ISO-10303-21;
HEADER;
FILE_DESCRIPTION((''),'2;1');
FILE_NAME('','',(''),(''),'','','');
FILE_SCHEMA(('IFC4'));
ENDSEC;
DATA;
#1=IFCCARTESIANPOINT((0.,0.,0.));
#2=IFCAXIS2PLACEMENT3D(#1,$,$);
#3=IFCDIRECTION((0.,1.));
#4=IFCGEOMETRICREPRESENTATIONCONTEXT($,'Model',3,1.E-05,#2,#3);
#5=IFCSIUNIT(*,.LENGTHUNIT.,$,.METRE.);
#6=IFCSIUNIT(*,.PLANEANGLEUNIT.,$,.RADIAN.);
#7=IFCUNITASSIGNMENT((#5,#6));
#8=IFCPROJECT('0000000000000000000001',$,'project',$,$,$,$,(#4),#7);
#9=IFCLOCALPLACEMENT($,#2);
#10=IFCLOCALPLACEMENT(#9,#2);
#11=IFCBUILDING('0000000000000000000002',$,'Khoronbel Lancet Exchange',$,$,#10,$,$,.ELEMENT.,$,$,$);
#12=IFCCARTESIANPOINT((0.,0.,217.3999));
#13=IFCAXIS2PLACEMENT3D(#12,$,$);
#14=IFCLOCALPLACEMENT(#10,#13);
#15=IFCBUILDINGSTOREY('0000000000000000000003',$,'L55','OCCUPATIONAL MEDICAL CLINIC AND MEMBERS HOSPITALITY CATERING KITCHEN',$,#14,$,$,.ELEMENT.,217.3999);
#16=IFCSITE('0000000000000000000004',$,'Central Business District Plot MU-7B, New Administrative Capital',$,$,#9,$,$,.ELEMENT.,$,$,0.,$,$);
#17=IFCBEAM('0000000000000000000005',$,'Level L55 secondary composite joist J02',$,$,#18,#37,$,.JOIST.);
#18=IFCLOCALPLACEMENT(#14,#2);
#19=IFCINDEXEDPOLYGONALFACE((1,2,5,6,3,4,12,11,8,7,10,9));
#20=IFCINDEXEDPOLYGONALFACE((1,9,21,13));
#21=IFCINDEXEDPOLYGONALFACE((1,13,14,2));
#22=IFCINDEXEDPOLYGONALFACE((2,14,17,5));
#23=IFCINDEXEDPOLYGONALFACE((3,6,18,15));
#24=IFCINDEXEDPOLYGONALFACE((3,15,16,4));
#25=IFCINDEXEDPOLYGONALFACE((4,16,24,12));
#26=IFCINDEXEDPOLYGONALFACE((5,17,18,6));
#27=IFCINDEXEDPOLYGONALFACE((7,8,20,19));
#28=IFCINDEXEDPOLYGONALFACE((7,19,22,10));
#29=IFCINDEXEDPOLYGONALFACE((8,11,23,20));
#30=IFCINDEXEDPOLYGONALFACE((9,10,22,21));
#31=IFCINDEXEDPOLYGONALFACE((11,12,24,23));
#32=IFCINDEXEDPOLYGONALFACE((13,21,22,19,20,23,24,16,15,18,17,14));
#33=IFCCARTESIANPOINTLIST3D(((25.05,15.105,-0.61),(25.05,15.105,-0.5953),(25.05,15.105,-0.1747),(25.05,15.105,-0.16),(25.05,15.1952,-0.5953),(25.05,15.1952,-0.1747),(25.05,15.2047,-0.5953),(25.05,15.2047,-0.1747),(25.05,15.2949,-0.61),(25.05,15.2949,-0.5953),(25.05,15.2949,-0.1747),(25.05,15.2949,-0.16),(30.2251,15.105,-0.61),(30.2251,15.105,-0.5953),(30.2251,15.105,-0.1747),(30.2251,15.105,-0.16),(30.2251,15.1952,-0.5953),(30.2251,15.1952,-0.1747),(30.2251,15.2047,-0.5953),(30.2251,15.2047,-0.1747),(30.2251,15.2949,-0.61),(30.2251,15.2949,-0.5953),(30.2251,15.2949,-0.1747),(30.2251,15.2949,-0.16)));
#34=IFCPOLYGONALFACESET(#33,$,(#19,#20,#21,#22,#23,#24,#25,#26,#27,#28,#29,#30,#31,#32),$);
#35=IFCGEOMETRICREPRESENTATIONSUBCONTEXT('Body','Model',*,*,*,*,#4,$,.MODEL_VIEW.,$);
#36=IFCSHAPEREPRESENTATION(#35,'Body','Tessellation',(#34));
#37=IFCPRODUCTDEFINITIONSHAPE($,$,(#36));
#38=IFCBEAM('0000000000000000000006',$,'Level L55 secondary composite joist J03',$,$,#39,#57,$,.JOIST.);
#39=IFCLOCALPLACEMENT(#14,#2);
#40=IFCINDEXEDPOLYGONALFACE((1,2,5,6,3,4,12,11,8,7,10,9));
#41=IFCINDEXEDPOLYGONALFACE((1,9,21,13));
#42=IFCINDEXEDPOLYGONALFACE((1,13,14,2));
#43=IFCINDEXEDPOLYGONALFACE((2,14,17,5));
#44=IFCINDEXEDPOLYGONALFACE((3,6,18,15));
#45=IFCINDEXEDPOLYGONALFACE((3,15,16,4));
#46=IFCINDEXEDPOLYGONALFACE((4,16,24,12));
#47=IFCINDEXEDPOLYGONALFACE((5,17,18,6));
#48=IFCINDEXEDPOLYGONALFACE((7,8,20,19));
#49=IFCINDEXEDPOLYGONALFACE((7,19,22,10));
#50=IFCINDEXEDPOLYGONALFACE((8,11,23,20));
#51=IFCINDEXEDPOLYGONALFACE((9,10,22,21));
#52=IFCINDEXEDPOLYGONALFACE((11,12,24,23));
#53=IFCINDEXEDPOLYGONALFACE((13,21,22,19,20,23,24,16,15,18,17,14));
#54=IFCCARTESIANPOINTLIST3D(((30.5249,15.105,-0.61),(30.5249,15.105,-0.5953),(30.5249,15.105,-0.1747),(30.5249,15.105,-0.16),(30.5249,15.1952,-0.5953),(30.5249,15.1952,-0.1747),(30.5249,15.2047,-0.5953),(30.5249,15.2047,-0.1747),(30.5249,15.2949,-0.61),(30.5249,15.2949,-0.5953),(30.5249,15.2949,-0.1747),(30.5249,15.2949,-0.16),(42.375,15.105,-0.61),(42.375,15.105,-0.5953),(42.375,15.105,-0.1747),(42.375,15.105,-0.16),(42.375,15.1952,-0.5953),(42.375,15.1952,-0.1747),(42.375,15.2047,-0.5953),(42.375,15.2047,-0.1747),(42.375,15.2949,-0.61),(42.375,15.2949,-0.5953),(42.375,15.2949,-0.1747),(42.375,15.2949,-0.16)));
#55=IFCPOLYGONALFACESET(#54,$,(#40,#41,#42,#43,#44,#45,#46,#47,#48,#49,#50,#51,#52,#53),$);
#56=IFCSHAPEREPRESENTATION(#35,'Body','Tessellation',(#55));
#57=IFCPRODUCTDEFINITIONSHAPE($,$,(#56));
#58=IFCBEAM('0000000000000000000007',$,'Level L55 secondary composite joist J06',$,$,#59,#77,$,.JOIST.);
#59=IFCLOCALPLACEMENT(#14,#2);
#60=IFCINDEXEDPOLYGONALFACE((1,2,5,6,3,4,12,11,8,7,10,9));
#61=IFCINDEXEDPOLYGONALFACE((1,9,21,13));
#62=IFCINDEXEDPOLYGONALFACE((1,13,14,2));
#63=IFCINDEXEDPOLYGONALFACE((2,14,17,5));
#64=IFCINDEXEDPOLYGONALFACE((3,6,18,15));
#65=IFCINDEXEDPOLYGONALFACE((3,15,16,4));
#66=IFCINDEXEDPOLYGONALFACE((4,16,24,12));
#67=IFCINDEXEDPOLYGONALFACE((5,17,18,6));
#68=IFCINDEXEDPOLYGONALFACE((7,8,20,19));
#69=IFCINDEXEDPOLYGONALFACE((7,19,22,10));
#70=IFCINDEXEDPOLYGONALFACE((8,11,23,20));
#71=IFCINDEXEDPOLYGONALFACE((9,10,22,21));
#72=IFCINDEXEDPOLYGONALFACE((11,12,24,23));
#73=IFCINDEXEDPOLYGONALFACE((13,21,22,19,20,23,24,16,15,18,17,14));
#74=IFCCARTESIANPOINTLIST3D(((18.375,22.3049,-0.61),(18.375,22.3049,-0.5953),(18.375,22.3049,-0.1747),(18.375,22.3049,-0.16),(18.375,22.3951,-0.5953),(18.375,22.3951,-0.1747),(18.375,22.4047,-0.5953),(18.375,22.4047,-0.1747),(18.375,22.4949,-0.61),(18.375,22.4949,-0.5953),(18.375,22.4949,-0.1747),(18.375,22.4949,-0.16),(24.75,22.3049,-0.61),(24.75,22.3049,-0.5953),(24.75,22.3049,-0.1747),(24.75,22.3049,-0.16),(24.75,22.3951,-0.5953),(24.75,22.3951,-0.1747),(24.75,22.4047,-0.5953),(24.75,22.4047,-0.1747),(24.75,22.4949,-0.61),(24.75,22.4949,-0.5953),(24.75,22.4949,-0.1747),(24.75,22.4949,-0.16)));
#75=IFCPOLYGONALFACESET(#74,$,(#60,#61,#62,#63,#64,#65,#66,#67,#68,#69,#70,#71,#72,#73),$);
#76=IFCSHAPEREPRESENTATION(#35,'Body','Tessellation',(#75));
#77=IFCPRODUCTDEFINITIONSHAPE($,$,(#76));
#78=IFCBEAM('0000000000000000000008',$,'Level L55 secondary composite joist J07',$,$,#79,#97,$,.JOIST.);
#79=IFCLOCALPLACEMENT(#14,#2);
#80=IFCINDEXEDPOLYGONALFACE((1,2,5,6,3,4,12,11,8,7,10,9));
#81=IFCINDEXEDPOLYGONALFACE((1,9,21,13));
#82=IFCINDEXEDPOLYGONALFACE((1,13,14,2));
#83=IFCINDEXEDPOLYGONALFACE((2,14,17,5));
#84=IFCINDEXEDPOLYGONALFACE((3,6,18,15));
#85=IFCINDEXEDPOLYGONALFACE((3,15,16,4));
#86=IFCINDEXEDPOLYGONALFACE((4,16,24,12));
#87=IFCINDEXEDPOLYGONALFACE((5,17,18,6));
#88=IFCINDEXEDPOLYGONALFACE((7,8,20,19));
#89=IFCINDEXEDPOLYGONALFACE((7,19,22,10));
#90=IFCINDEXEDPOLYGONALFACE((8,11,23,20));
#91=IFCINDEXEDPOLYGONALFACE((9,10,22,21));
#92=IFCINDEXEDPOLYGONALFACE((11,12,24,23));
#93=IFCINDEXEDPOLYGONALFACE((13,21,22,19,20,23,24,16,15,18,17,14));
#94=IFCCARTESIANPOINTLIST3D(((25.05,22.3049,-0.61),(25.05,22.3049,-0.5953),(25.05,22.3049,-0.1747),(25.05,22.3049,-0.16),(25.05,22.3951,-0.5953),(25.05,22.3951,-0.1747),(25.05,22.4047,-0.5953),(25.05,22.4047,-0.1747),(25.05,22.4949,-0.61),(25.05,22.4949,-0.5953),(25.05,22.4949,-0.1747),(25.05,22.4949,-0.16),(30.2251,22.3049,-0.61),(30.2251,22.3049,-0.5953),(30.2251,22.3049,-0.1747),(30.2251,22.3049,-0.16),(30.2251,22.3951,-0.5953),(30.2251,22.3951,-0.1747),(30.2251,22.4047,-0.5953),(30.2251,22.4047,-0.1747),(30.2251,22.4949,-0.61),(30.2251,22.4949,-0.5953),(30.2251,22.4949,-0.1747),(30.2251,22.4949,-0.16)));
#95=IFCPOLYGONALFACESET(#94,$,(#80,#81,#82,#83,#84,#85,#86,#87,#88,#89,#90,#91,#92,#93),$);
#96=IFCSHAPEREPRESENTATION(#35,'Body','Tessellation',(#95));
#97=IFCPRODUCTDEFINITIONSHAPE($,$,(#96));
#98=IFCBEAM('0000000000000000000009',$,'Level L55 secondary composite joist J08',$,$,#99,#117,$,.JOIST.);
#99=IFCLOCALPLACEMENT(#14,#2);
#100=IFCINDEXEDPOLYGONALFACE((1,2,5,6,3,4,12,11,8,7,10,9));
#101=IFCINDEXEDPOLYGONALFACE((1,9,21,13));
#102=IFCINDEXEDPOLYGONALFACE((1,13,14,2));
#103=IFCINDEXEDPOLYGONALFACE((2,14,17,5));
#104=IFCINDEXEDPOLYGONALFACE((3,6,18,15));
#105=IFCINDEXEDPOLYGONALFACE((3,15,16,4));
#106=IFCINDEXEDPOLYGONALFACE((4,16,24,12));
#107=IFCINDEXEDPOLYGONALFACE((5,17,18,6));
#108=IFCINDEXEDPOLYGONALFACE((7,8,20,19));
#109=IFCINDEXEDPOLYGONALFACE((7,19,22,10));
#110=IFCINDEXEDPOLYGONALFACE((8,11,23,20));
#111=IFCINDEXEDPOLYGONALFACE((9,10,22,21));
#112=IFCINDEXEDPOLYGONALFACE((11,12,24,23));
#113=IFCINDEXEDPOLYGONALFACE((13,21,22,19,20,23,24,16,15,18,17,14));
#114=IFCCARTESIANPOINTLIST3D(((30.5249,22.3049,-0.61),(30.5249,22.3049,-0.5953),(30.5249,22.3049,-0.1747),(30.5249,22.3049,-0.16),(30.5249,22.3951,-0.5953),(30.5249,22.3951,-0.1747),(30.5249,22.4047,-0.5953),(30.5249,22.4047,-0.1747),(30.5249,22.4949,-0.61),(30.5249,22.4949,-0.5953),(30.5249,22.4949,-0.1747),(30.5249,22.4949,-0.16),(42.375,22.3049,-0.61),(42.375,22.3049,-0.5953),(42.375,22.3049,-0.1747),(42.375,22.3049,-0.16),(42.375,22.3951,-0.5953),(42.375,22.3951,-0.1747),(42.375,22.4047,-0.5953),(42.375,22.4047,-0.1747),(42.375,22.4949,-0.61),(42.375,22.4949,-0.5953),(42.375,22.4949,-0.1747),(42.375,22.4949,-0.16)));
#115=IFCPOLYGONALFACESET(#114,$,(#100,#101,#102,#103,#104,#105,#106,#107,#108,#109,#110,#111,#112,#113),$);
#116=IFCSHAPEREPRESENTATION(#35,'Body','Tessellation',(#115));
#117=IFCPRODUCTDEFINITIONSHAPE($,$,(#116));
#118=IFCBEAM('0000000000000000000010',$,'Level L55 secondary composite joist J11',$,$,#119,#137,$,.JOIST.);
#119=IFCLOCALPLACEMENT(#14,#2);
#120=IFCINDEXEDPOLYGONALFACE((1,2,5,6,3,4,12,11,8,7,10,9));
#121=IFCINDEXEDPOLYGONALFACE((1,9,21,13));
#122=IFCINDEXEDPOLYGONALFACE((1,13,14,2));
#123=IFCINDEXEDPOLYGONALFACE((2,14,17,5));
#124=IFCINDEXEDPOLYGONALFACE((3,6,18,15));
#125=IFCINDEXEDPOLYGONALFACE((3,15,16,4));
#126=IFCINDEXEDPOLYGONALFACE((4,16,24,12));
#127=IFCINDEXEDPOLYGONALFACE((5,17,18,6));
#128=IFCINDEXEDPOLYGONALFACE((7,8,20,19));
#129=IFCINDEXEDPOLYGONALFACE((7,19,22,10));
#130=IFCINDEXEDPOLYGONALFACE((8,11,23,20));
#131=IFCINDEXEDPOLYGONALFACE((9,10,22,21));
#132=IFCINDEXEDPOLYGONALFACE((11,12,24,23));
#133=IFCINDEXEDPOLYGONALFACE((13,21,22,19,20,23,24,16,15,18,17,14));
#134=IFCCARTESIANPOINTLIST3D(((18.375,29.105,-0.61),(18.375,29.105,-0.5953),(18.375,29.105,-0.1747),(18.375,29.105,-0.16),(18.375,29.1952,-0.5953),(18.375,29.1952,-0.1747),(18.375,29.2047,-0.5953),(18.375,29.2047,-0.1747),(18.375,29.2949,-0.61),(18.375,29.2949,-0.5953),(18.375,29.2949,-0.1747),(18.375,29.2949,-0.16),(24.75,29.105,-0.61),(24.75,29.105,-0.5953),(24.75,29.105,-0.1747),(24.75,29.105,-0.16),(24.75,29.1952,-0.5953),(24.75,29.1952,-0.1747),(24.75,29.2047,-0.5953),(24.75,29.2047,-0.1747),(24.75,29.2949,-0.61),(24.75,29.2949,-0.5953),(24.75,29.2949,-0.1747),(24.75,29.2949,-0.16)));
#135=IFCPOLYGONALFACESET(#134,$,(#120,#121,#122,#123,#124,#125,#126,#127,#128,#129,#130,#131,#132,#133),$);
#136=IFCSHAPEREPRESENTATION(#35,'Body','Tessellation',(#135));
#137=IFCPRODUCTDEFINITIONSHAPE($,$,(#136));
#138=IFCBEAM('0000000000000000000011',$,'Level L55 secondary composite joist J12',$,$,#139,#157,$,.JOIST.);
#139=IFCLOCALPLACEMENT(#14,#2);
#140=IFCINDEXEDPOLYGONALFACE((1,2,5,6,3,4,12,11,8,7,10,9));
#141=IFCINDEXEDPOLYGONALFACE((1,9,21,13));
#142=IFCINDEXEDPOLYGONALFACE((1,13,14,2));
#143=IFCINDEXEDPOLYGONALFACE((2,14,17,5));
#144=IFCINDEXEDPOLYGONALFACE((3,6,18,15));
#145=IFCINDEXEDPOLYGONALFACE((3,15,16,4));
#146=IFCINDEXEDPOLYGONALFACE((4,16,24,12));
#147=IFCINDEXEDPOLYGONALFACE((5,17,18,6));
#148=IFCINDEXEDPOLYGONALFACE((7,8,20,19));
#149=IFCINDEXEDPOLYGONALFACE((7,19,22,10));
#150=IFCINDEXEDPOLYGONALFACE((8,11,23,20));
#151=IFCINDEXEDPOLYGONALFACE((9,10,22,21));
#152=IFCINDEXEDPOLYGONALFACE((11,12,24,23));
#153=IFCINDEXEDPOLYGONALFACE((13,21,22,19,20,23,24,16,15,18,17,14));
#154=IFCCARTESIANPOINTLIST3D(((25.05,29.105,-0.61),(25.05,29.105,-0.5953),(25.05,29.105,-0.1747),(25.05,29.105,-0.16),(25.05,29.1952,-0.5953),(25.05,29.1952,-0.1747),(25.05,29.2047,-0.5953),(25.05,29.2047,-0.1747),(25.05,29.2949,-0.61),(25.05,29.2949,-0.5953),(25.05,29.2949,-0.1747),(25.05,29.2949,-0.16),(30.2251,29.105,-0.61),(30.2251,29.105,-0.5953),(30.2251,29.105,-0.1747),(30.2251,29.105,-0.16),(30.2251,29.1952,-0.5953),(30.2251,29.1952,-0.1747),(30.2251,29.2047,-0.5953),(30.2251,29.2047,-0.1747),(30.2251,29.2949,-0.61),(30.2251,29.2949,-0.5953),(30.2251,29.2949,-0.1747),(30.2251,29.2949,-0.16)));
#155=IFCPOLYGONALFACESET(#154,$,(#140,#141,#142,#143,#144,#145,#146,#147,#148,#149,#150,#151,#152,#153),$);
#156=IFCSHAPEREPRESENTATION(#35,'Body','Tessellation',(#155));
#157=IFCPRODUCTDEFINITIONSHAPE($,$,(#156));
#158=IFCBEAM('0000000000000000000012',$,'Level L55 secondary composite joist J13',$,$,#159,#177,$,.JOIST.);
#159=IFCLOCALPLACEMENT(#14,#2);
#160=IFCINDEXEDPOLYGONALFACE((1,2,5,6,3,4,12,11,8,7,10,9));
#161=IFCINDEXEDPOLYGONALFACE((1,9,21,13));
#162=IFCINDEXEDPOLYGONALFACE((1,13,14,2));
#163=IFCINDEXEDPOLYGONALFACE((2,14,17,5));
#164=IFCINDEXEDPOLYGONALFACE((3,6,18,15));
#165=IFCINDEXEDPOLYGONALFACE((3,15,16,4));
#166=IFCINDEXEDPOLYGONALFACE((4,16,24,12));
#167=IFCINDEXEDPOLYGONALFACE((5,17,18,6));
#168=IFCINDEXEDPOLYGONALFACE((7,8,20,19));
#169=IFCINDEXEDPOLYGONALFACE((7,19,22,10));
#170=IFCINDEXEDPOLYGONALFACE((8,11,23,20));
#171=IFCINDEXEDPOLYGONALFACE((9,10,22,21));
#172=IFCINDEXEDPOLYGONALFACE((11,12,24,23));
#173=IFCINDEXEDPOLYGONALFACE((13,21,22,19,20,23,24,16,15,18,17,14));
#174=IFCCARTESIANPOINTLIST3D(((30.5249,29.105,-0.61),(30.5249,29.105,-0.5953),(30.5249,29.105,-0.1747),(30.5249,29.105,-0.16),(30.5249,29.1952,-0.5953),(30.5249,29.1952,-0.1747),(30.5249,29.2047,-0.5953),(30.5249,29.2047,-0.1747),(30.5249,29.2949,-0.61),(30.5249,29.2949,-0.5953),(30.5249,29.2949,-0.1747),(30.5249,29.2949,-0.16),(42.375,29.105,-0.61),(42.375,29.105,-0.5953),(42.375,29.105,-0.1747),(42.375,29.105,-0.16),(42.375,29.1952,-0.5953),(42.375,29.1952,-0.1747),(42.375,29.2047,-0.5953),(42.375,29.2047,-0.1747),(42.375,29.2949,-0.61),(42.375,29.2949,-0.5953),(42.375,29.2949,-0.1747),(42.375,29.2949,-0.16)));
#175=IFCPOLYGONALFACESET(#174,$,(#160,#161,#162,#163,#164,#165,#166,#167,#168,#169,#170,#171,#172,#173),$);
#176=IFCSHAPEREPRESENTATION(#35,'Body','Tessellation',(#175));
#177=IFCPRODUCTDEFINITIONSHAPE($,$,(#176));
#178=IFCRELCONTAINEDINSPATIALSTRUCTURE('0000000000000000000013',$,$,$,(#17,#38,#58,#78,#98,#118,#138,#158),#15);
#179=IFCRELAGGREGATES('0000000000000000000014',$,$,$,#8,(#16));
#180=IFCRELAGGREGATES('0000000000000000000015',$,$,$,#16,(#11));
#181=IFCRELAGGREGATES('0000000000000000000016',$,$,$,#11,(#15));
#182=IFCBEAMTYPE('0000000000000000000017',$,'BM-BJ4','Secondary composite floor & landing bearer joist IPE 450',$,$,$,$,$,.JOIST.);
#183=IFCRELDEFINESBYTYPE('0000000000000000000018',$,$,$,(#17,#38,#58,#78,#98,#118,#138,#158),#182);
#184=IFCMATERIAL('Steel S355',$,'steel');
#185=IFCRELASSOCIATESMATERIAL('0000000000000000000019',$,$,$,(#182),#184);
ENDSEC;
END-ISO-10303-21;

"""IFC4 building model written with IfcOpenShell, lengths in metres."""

from ifc_helpers import new_model, si_unit, direction, frame, origin, origin_2d, place, context, subcontext, project, spatial, i_section, extrude, material, material_profile, profile_set, type_object, element, save


model = new_model("IFC4")

# Units and contexts
model_context = context("Model", 3, precision=1e-05, world=origin(), true_north=direction((0.0, 1.0)))
body_context = subcontext(model_context, "Body", "Model", "MODEL_VIEW")
ifc_project = project(units=[si_unit("LENGTHUNIT", "METRE"), si_unit("PLANEANGLEUNIT", "RADIAN")], contexts=[model_context])

# Site, building, storey
site_placement = place(None, origin())
site = spatial("IfcSite", under=ifc_project, at=site_placement, Name="Central Business District Plot MU-7B, New Administrative Capital", CompositionType="ELEMENT", RefElevation=0.0)
building_placement = place(site_placement, origin())
building = spatial("IfcBuilding", under=site, at=building_placement, Name="Khoronbel Lancet Exchange", CompositionType="ELEMENT")
storey_placement = place(building_placement, frame((0.0, 0.0, 217.3999)))
storey = spatial("IfcBuildingStorey", under=building, at=storey_placement, Name="L55", Description="OCCUPATIONAL MEDICAL CLINIC AND MEMBERS HOSPITALITY CATERING KITCHEN", CompositionType="ELEMENT", Elevation=217.3999)

# Beams
ifc_material_1 = material(Name="Steel S355", Category="steel")
ifc_material_profile = material_profile(ifc_material_1, i_section(OverallWidth=0.1899, OverallDepth=0.45, WebThickness=0.0095, FlangeThickness=0.0146, at=origin_2d()), Name="IPE 450")
ifc_profile_set = profile_set([ifc_material_profile], Name="Steel S355")
beam_type = type_object("IfcBeamType", Name="BM-BJ4", Description="Secondary composite floor & landing bearer joist IPE 450", PredefinedType="JOIST", material=ifc_profile_set)
beam_1_placement = place(storey_placement, frame((25.05, 15.2, -0.385), z_axis=(1.0, 0.0, 0.0), x_axis=(0.0, 1.0, 0.0)))
element("IfcBeam", 1, at=beam_1_placement, inside=storey, type_object=beam_type, Name="Level L55 secondary composite joist J02", PredefinedType="JOIST", context=body_context, shape_type="SweptSolid", body=[
    extrude(i_section(OverallWidth=0.1899, OverallDepth=0.45, WebThickness=0.0095, FlangeThickness=0.0146, at=origin_2d()), origin(), (0.0, 0.0, 1.0), 5.175),
])
beam_2_placement = place(storey_placement, frame((30.5249, 15.2, -0.385), z_axis=(1.0, 0.0, 0.0), x_axis=(0.0, 1.0, 0.0)))
element("IfcBeam", 2, at=beam_2_placement, inside=storey, type_object=beam_type, Name="Level L55 secondary composite joist J03", PredefinedType="JOIST", context=body_context, shape_type="SweptSolid", body=[
    extrude(i_section(OverallWidth=0.1899, OverallDepth=0.45, WebThickness=0.0095, FlangeThickness=0.0146, at=origin_2d()), origin(), (0.0, 0.0, 1.0), 11.8501),
])
beam_3_placement = place(storey_placement, frame((18.375, 22.3999, -0.385), z_axis=(1.0, 0.0, 0.0), x_axis=(0.0, 1.0, 0.0)))
element("IfcBeam", 3, at=beam_3_placement, inside=storey, type_object=beam_type, Name="Level L55 secondary composite joist J06", PredefinedType="JOIST", context=body_context, shape_type="SweptSolid", body=[
    extrude(i_section(OverallWidth=0.1899, OverallDepth=0.45, WebThickness=0.0095, FlangeThickness=0.0146, at=origin_2d()), origin(), (0.0, 0.0, 1.0), 6.375),
])
beam_4_placement = place(storey_placement, frame((25.05, 22.3999, -0.385), z_axis=(1.0, 0.0, 0.0), x_axis=(0.0, 1.0, 0.0)))
element("IfcBeam", 4, at=beam_4_placement, inside=storey, type_object=beam_type, Name="Level L55 secondary composite joist J07", PredefinedType="JOIST", context=body_context, shape_type="SweptSolid", body=[
    extrude(i_section(OverallWidth=0.1899, OverallDepth=0.45, WebThickness=0.0095, FlangeThickness=0.0146, at=origin_2d()), origin(), (0.0, 0.0, 1.0), 5.175),
])
beam_5_placement = place(storey_placement, frame((30.5249, 22.3999, -0.385), z_axis=(1.0, 0.0, 0.0), x_axis=(0.0, 1.0, 0.0)))
element("IfcBeam", 5, at=beam_5_placement, inside=storey, type_object=beam_type, Name="Level L55 secondary composite joist J08", PredefinedType="JOIST", context=body_context, shape_type="SweptSolid", body=[
    extrude(i_section(OverallWidth=0.1899, OverallDepth=0.45, WebThickness=0.0095, FlangeThickness=0.0146, at=origin_2d()), origin(), (0.0, 0.0, 1.0), 11.8501),
])
beam_6_placement = place(storey_placement, frame((18.375, 29.2, -0.385), z_axis=(1.0, 0.0, 0.0), x_axis=(0.0, 1.0, 0.0)))
element("IfcBeam", 6, at=beam_6_placement, inside=storey, type_object=beam_type, Name="Level L55 secondary composite joist J11", PredefinedType="JOIST", context=body_context, shape_type="SweptSolid", body=[
    extrude(i_section(OverallWidth=0.1899, OverallDepth=0.45, WebThickness=0.0095, FlangeThickness=0.0146, at=origin_2d()), origin(), (0.0, 0.0, 1.0), 6.375),
])
beam_7_placement = place(storey_placement, frame((25.05, 29.2, -0.385), z_axis=(1.0, 0.0, 0.0), x_axis=(0.0, 1.0, 0.0)))
element("IfcBeam", 7, at=beam_7_placement, inside=storey, type_object=beam_type, Name="Level L55 secondary composite joist J12", PredefinedType="JOIST", context=body_context, shape_type="SweptSolid", body=[
    extrude(i_section(OverallWidth=0.1899, OverallDepth=0.45, WebThickness=0.0095, FlangeThickness=0.0146, at=origin_2d()), origin(), (0.0, 0.0, 1.0), 5.175),
])
beam_8_placement = place(storey_placement, frame((30.5249, 29.2, -0.385), z_axis=(1.0, 0.0, 0.0), x_axis=(0.0, 1.0, 0.0)))
element("IfcBeam", 8, at=beam_8_placement, inside=storey, type_object=beam_type, Name="Level L55 secondary composite joist J13", PredefinedType="JOIST", context=body_context, shape_type="SweptSolid", body=[
    extrude(i_section(OverallWidth=0.1899, OverallDepth=0.45, WebThickness=0.0095, FlangeThickness=0.0146, at=origin_2d()), origin(), (0.0, 0.0, 1.0), 11.8501),
])

save(model, "model.ifc")
